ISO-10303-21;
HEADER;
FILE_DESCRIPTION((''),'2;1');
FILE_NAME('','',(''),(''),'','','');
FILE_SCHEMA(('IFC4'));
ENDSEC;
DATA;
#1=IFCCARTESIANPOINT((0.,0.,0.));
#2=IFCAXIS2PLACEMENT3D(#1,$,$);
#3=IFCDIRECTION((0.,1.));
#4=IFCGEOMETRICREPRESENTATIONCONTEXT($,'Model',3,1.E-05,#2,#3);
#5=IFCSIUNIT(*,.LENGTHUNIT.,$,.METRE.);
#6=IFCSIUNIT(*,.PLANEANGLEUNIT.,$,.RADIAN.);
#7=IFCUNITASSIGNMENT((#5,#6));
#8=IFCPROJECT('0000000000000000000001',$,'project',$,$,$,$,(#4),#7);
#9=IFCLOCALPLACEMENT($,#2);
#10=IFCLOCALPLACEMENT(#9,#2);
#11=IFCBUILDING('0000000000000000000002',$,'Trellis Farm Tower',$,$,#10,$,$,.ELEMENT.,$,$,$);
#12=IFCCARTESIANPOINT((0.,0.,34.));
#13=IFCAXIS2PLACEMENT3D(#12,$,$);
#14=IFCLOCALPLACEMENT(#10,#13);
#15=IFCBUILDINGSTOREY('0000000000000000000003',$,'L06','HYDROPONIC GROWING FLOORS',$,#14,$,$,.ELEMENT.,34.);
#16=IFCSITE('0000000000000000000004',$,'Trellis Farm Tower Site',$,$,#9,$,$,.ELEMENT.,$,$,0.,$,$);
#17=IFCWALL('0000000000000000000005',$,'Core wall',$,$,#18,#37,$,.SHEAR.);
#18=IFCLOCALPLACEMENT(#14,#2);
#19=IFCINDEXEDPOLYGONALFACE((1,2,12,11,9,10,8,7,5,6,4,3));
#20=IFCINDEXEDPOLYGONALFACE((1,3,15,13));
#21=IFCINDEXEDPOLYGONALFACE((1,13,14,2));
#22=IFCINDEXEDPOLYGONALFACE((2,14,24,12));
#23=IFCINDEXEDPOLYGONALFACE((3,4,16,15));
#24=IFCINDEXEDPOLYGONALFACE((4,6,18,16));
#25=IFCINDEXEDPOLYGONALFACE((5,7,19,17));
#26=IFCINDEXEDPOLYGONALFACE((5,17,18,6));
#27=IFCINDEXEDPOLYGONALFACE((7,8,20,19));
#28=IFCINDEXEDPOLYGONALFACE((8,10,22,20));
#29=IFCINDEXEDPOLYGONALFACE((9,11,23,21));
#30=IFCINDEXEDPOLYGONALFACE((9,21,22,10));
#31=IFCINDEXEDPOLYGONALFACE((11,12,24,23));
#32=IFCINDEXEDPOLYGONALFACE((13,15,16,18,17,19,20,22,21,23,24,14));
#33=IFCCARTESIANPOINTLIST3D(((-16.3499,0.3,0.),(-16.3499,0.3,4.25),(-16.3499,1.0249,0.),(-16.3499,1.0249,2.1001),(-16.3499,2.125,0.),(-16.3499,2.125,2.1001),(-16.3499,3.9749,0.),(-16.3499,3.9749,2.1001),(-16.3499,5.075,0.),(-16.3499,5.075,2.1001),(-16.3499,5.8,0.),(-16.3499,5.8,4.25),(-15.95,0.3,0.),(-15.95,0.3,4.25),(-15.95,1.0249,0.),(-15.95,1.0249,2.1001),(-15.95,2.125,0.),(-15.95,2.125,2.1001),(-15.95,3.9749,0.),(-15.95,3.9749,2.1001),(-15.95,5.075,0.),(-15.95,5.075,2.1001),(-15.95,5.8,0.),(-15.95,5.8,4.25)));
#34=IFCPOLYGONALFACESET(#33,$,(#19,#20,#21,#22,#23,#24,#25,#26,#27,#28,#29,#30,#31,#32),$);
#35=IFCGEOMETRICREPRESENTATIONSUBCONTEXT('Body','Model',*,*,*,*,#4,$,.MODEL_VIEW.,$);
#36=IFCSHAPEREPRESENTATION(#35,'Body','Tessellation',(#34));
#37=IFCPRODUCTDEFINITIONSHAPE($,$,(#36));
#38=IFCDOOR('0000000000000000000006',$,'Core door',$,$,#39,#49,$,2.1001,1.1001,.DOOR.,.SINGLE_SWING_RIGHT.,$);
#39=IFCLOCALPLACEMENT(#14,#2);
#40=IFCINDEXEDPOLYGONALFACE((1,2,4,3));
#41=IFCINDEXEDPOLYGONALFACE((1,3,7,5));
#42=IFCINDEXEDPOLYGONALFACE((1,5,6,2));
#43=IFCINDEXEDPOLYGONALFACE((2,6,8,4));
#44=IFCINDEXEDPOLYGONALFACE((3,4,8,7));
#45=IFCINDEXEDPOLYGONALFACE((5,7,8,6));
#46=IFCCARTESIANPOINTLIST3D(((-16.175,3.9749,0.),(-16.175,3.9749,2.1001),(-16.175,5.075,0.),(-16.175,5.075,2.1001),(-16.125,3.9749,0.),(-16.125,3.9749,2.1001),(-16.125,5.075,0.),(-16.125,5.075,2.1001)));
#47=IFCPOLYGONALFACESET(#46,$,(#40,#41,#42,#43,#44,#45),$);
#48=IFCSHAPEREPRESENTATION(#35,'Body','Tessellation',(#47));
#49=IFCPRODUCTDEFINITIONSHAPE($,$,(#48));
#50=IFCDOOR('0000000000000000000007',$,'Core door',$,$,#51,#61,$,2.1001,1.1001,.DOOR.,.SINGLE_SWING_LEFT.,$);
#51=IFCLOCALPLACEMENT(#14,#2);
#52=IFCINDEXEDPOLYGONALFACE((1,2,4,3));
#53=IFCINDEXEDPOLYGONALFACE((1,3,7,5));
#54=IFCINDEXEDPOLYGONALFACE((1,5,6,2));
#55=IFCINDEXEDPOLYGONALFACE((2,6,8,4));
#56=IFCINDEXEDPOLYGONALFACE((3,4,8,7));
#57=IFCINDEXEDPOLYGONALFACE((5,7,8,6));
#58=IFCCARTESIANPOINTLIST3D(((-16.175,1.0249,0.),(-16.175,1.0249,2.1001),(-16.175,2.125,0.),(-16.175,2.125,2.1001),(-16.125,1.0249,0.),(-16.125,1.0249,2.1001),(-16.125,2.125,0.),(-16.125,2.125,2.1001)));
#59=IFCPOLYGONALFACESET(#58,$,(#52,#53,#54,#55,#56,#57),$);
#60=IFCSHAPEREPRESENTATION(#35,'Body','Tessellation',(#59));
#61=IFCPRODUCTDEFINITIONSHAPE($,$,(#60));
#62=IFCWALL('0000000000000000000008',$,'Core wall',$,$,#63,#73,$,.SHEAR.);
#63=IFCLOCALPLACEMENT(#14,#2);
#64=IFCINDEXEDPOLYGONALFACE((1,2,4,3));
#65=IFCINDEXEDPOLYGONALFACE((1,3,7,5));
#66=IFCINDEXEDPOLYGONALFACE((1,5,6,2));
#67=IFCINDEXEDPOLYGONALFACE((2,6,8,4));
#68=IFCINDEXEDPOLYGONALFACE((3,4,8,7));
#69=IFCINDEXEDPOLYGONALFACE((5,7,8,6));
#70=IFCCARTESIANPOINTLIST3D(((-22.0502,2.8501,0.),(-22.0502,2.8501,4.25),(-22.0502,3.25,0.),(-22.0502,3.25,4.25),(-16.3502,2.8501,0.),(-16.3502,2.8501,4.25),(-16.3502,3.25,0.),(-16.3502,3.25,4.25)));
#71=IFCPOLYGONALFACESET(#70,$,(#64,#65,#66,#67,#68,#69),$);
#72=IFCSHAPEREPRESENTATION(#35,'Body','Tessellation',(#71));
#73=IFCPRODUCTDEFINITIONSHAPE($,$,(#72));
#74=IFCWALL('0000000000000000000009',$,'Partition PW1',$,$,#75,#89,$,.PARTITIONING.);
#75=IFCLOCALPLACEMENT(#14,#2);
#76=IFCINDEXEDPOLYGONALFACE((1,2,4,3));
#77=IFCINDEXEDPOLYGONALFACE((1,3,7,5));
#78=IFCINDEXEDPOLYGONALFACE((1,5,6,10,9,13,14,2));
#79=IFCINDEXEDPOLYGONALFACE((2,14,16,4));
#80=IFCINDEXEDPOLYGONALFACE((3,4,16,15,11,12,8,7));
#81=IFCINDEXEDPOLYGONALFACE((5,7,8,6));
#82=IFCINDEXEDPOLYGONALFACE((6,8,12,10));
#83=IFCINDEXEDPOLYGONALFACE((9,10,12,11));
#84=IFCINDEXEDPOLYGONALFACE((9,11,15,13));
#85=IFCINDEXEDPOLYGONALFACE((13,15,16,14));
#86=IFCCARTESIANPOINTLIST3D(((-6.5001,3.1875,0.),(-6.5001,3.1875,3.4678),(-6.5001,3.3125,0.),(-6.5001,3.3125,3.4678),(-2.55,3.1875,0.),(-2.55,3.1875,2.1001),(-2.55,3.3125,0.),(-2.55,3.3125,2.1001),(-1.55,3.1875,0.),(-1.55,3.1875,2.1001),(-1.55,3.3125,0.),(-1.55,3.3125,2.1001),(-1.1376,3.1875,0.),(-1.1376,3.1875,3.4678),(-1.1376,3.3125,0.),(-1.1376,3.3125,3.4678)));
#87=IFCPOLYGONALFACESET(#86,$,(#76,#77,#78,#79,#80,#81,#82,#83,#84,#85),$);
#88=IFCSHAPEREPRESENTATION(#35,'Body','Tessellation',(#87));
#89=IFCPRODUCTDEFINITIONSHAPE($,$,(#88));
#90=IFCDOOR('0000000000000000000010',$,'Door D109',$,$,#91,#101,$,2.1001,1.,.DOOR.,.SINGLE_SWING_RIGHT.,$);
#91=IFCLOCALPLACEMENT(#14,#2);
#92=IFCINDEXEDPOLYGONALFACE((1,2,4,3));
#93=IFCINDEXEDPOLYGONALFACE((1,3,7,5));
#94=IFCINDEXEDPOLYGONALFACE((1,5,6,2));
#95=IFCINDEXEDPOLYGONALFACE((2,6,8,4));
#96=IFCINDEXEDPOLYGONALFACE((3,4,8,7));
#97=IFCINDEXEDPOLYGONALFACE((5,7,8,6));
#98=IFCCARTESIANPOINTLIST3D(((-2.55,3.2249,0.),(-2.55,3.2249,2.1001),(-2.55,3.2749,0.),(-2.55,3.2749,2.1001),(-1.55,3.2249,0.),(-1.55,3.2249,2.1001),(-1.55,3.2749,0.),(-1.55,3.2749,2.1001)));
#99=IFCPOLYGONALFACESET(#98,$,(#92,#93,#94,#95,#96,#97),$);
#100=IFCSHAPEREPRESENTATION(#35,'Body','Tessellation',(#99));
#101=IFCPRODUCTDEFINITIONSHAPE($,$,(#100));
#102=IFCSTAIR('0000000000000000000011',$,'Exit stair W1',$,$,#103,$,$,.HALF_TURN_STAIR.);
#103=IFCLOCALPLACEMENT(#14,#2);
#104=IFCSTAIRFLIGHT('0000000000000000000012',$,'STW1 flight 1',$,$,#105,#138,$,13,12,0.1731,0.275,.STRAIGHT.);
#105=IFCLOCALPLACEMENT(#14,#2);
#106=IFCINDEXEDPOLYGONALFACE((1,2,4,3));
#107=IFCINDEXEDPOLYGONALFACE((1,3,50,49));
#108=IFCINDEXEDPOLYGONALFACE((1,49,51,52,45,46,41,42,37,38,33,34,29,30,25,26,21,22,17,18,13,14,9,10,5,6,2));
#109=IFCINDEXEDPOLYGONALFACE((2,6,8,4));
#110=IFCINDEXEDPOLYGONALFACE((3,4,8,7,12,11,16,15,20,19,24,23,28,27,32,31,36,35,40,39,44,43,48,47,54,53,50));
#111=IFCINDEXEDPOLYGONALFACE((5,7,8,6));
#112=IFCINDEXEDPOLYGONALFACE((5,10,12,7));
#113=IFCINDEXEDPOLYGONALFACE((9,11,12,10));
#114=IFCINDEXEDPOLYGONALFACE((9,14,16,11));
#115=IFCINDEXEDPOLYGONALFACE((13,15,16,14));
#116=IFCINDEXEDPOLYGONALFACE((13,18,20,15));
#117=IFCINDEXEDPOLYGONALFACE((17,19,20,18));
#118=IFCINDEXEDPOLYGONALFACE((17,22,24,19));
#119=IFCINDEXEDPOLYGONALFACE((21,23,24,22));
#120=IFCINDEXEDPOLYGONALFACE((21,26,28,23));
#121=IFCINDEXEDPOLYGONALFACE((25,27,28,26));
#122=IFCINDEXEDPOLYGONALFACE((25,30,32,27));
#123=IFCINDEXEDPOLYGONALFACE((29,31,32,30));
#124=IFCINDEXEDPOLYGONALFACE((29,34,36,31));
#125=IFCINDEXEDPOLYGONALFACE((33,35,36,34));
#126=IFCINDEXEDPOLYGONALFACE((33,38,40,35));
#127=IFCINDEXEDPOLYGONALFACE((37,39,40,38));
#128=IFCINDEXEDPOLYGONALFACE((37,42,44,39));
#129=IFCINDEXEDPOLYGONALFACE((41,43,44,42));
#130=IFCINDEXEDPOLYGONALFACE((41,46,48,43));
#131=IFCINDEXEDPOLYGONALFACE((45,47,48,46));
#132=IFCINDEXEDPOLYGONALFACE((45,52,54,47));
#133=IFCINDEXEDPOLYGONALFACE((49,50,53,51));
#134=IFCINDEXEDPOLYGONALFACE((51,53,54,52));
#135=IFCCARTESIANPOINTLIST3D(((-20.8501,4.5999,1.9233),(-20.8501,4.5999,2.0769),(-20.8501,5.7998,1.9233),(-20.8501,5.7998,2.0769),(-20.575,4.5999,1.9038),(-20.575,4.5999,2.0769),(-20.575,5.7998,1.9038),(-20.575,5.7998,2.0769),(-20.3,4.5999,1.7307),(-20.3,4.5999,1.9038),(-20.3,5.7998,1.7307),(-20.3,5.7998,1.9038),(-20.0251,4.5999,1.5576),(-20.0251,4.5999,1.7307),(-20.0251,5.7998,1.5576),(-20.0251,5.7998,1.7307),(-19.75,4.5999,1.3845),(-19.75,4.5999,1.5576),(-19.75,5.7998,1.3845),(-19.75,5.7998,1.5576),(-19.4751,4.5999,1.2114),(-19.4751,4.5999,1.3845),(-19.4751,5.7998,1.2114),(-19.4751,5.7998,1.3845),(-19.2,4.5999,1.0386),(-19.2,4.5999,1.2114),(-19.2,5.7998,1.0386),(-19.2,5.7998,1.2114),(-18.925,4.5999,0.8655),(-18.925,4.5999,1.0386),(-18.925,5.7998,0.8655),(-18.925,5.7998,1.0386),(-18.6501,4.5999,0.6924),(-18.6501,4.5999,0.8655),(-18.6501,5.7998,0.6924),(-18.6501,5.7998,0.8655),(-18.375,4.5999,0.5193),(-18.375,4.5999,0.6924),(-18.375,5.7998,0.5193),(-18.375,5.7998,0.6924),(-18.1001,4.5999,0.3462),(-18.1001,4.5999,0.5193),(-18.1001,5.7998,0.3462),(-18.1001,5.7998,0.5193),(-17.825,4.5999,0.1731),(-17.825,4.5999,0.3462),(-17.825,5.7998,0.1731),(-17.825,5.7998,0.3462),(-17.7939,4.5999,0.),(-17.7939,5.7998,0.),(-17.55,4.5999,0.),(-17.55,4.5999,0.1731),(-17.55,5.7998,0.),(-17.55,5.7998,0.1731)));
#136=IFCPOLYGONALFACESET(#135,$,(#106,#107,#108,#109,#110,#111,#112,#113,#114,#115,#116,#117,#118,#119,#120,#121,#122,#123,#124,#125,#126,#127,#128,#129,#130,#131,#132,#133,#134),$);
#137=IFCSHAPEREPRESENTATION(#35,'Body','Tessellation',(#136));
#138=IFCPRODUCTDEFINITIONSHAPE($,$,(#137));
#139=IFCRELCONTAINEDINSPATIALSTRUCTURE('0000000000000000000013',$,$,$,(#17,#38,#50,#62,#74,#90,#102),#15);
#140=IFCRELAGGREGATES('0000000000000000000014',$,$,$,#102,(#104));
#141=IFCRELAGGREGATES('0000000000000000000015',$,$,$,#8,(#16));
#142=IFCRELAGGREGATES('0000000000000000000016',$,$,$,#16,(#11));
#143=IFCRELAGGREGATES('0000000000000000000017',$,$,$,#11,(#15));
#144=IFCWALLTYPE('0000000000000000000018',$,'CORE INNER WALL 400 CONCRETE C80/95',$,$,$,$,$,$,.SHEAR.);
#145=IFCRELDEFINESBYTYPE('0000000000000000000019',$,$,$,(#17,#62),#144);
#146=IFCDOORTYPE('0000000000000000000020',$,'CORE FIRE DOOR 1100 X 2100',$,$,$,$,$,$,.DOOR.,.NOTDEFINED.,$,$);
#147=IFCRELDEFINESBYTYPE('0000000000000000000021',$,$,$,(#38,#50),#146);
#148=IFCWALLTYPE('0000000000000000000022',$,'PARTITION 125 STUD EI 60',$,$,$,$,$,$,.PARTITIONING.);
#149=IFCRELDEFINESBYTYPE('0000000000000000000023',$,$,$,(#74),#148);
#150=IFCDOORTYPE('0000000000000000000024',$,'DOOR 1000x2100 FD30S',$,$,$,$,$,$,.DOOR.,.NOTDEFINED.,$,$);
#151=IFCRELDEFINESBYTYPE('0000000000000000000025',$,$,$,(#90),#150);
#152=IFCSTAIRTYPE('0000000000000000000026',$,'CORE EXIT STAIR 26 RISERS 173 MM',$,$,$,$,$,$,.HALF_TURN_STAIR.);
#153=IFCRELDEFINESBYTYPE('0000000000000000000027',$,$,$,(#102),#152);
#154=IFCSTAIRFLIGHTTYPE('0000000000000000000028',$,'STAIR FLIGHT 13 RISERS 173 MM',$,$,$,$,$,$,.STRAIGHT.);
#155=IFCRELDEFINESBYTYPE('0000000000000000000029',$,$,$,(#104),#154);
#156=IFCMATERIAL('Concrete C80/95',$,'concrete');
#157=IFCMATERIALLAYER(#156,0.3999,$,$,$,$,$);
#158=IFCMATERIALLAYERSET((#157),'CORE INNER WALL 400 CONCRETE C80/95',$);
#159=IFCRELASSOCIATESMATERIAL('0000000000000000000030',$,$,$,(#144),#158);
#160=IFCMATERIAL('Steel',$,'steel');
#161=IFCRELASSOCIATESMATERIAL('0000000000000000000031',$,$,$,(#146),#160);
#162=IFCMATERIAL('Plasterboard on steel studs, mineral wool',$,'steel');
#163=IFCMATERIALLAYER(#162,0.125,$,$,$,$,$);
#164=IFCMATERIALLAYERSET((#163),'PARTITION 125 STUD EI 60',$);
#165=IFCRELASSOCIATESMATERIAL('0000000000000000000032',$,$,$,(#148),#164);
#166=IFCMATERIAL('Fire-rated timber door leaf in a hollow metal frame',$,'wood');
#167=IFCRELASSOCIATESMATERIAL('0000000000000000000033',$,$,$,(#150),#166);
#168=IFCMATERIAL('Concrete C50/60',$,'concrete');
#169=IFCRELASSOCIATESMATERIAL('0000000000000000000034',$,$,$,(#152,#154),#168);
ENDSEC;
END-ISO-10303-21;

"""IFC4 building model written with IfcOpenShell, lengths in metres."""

from ifc_helpers import new_model, si_unit, direction, frame, frame_2d, origin, place, context, subcontext, project, spatial, polyline, rectangle, outline, extrude, source, transform, mapped, material, layer, layer_set, type_object, element, fill, aggregate, save


model = new_model("IFC4")

# Units and contexts
model_context = context("Model", 3, precision=1e-05, world=origin(), true_north=direction((0.0, 1.0)))
body_context = subcontext(model_context, "Body", "Model", "MODEL_VIEW")
ifc_project = project(units=[si_unit("LENGTHUNIT", "METRE"), si_unit("PLANEANGLEUNIT", "RADIAN")], contexts=[model_context])

# Site, building, storey
site_placement = place(None, origin())
site = spatial("IfcSite", under=ifc_project, at=site_placement, Name="Trellis Farm Tower Site", CompositionType="ELEMENT", RefElevation=0.0)
building_placement = place(site_placement, origin())
building = spatial("IfcBuilding", under=site, at=building_placement, Name="Trellis Farm Tower", CompositionType="ELEMENT")
storey_placement = place(building_placement, frame((0.0, 0.0, 34.0)))
storey = spatial("IfcBuildingStorey", under=building, at=storey_placement, Name="L06", Description="HYDROPONIC GROWING FLOORS", CompositionType="ELEMENT", Elevation=34.0)

# Shared definitions
ifc_material_1 = material(Name="Concrete C80/95", Category="concrete")
ifc_material_2 = material(Name="Steel", Category="steel")

# Shared definitions
ifc_layer_1 = layer(ifc_material_1, 0.3999)
ifc_layer_set_1 = layer_set([ifc_layer_1], Name="CORE INNER WALL 400 CONCRETE C80/95")
wall_type_1 = type_object("IfcWallType", Name="CORE INNER WALL 400 CONCRETE C80/95", PredefinedType="SHEAR", material=ifc_layer_set_1)

# Shared definitions
shared_shape_1 = source(origin(), body_context, "Body", "SweptSolid", [
    extrude(rectangle(XDim=1.1001, YDim=2.1001, at=frame_2d((0.55, 1.05))), frame((0.0, 0.21, 0.0), z_axis=(0.0, -1.0, 0.0), x_axis=(1.0, 0.0, 0.0)), (0.0, 0.0, 1.0), 0.4199),
])
shared_shape_2 = source(origin(), body_context, "Body", "SweptSolid", [
    extrude(rectangle(XDim=1.1001, YDim=2.1001, at=frame_2d((0.55, 1.05))), frame((0.0, 0.0249, 0.0), z_axis=(0.0, -1.0, 0.0), x_axis=(1.0, 0.0, 0.0)), (0.0, 0.0, 1.0), 0.05),
])

# Shared definitions
shared_shape_3 = source(origin(), body_context, "Body", "SweptSolid", [
    extrude(rectangle(XDim=1.0, YDim=2.1001, at=frame_2d((0.5, 1.05))), frame((0.0, 0.0249, 0.0), z_axis=(0.0, -1.0, 0.0), x_axis=(1.0, 0.0, 0.0)), (0.0, 0.0, 1.0), 0.05),
])

# Wall, openings, doors
shared_shape_4 = source(origin(), body_context, "Body", "SweptSolid", [
    extrude(rectangle(XDim=5.5, YDim=0.3999, at=frame_2d((2.75, 0.0))), origin(), (0.0, 0.0, 1.0), 4.25),
])
wall_1_placement = place(storey_placement, frame((-16.1499, 5.8, 0.0), z_axis=(0.0, 0.0, 1.0), x_axis=(0.0, -1.0, 0.0)))
wall_1 = element("IfcWall", 1, at=wall_1_placement, inside=storey, type_object=wall_type_1, Name="Core wall", PredefinedType="SHEAR", context=body_context, shape_type="MappedRepresentation", body=[
    mapped(shared_shape_4, transform((0.0, 0.0, 0.0))),
])
opening_1_placement = place(wall_1_placement, frame((0.7251, 0.0, 0.0)))
opening_1 = element("IfcOpeningElement", 2, at=opening_1_placement, cuts=wall_1, PredefinedType="OPENING", context=body_context, shape_type="MappedRepresentation", body=[
    mapped(shared_shape_1, transform((0.0, 0.0, 0.0))),
])
opening_2_placement = place(wall_1_placement, frame((3.675, 0.0, 0.0)))
opening_2 = element("IfcOpeningElement", 3, at=opening_2_placement, cuts=wall_1, PredefinedType="OPENING", context=body_context, shape_type="MappedRepresentation", body=[
    mapped(shared_shape_1, transform((0.0, 0.0, 0.0))),
])
door_type_1 = type_object("IfcDoorType", Name="CORE FIRE DOOR 1100 X 2100", OperationType="NOTDEFINED", PredefinedType="DOOR", material=ifc_material_2)
door_1_placement = place(opening_1_placement, origin())
door_1 = element("IfcDoor", 4, at=door_1_placement, inside=storey, type_object=door_type_1, Name="Core door", OperationType="SINGLE_SWING_RIGHT", OverallHeight=2.1001, OverallWidth=1.1001, PredefinedType="DOOR", context=body_context, shape_type="MappedRepresentation", body=[
    mapped(shared_shape_2, transform((0.0, 0.0, 0.0))),
])
fill(opening_1, door_1)
door_2_placement = place(opening_2_placement, origin())
door_2 = element("IfcDoor", 5, at=door_2_placement, inside=storey, type_object=door_type_1, Name="Core door", OperationType="SINGLE_SWING_LEFT", OverallHeight=2.1001, OverallWidth=1.1001, PredefinedType="DOOR", context=body_context, shape_type="MappedRepresentation", body=[
    mapped(shared_shape_2, transform((0.0, 0.0, 0.0))),
])
fill(opening_2, door_2)

# Wall
shared_shape_5 = source(origin(), body_context, "Body", "SweptSolid", [
    extrude(rectangle(XDim=5.7, YDim=0.3999, at=frame_2d((2.8501, 0.0))), origin(), (0.0, 0.0, 1.0), 4.25),
])
wall_2_placement = place(storey_placement, frame((-16.3501, 3.05, 0.0), z_axis=(0.0, 0.0, 1.0), x_axis=(-1.0, 0.0, 0.0)))
element("IfcWall", 6, at=wall_2_placement, inside=storey, type_object=wall_type_1, Name="Core wall", PredefinedType="SHEAR", context=body_context, shape_type="MappedRepresentation", body=[
    mapped(shared_shape_5, transform((0.0, 0.0, 0.0))),
])

# Wall, opening, door
ifc_material_3 = material(Name="Plasterboard on steel studs, mineral wool", Category="steel")
ifc_layer_2 = layer(ifc_material_3, 0.125)
ifc_layer_set_2 = layer_set([ifc_layer_2], Name="PARTITION 125 STUD EI 60")
wall_type_2 = type_object("IfcWallType", Name="PARTITION 125 STUD EI 60", PredefinedType="PARTITIONING", material=ifc_layer_set_2)
shared_shape_6 = source(origin(), body_context, "Body", "SweptSolid", [
    extrude(rectangle(XDim=5.3625, YDim=0.125, at=frame_2d((2.6812, 0.0))), origin(), (0.0, 0.0, 1.0), 3.4678),
])
wall_3_placement = place(storey_placement, frame((-6.5, 3.25, 0.0), z_axis=(0.0, 0.0, 1.0), x_axis=(1.0, 0.0, 0.0)))
wall_3 = element("IfcWall", 7, at=wall_3_placement, inside=storey, type_object=wall_type_2, Name="Partition PW1", PredefinedType="PARTITIONING", context=body_context, shape_type="MappedRepresentation", body=[
    mapped(shared_shape_6, transform((0.0, 0.0, 0.0))),
])
shared_shape_7 = source(origin(), body_context, "Body", "SweptSolid", [
    extrude(rectangle(XDim=1.0, YDim=2.1001, at=frame_2d((0.5, 1.05))), frame((0.0, 0.0725, 0.0), z_axis=(0.0, -1.0, 0.0), x_axis=(1.0, 0.0, 0.0)), (0.0, 0.0, 1.0), 0.145),
])
opening_3_placement = place(wall_3_placement, frame((3.95, 0.0, 0.0)))
opening_3 = element("IfcOpeningElement", 8, at=opening_3_placement, cuts=wall_3, PredefinedType="OPENING", context=body_context, shape_type="MappedRepresentation", body=[
    mapped(shared_shape_7, transform((0.0, 0.0, 0.0))),
])
ifc_material_4 = material(Name="Fire-rated timber door leaf in a hollow metal frame", Category="wood")
door_type_2 = type_object("IfcDoorType", Name="DOOR 1000x2100 FD30S", OperationType="NOTDEFINED", PredefinedType="DOOR", material=ifc_material_4)
door_3_placement = place(opening_3_placement, origin())
door_3 = element("IfcDoor", 9, at=door_3_placement, inside=storey, type_object=door_type_2, Name="Door D109", OperationType="SINGLE_SWING_RIGHT", OverallHeight=2.1001, OverallWidth=1.0, PredefinedType="DOOR", context=body_context, shape_type="MappedRepresentation", body=[
    mapped(shared_shape_3, transform((0.0, 0.0, 0.0))),
])
fill(opening_3, door_3)

# Stair, stair flight
ifc_material_5 = material(Name="Concrete C50/60", Category="concrete")
stair_type = type_object("IfcStairType", Name="CORE EXIT STAIR 26 RISERS 173 MM", PredefinedType="HALF_TURN_STAIR", material=ifc_material_5)
placement = place(storey_placement, origin())
stair_1 = element("IfcStair", 10, at=placement, inside=storey, type_object=stair_type, Name="Exit stair W1", PredefinedType="HALF_TURN_STAIR")
stair_flight_type = type_object("IfcStairFlightType", Name="STAIR FLIGHT 13 RISERS 173 MM", PredefinedType="STRAIGHT", material=ifc_material_5)
shared_shape_8 = source(origin(), body_context, "Body", "SweptSolid", [
    extrude(outline(polyline([(0.0, 0.0), (0.0, 0.1731), (0.2749, 0.1731), (0.2749, 0.3462), (0.55, 0.3462), (0.55, 0.5193), (0.825, 0.5193), (0.825, 0.6924), (1.1001, 0.6924), (1.1001, 0.8655), (1.375, 0.8655), (1.375, 1.0386), (1.6499, 1.0386), (1.6499, 1.2114), (1.925, 1.2114), (1.925, 1.3845), (2.2, 1.3845), (2.2, 1.5576), (2.4751, 1.5576), (2.4751, 1.7307), (2.75, 1.7307), (2.75, 1.9038), (3.0249, 1.9038), (3.0249, 2.0769), (3.3, 2.0769), (3.3, 2.25), (3.3, 1.9233), (0.2439, 0.0), (0.0, 0.0)])), frame((0.0, 0.6001, 0.0), z_axis=(0.0, -1.0, 0.0), x_axis=(1.0, 0.0, 0.0)), (0.0, 0.0, 1.0), 1.2),
])
stair_flight_1_placement = place(storey_placement, frame((-17.55, 5.2, 0.0), z_axis=(0.0, 0.0, 1.0), x_axis=(-1.0, 0.0, 0.0)))
stair_flight_1 = element("IfcStairFlight", 11, at=stair_flight_1_placement, type_object=stair_flight_type, Name="STW1 flight 1", NumberOfRisers=13, NumberOfTreads=12, PredefinedType="STRAIGHT", RiserHeight=0.1731, TreadLength=0.275, context=body_context, shape_type="MappedRepresentation", body=[
    mapped(shared_shape_8, transform((0.0, 0.0, 0.0))),
])
aggregate(stair_1, [stair_flight_1])

save(model, "model.ifc")
